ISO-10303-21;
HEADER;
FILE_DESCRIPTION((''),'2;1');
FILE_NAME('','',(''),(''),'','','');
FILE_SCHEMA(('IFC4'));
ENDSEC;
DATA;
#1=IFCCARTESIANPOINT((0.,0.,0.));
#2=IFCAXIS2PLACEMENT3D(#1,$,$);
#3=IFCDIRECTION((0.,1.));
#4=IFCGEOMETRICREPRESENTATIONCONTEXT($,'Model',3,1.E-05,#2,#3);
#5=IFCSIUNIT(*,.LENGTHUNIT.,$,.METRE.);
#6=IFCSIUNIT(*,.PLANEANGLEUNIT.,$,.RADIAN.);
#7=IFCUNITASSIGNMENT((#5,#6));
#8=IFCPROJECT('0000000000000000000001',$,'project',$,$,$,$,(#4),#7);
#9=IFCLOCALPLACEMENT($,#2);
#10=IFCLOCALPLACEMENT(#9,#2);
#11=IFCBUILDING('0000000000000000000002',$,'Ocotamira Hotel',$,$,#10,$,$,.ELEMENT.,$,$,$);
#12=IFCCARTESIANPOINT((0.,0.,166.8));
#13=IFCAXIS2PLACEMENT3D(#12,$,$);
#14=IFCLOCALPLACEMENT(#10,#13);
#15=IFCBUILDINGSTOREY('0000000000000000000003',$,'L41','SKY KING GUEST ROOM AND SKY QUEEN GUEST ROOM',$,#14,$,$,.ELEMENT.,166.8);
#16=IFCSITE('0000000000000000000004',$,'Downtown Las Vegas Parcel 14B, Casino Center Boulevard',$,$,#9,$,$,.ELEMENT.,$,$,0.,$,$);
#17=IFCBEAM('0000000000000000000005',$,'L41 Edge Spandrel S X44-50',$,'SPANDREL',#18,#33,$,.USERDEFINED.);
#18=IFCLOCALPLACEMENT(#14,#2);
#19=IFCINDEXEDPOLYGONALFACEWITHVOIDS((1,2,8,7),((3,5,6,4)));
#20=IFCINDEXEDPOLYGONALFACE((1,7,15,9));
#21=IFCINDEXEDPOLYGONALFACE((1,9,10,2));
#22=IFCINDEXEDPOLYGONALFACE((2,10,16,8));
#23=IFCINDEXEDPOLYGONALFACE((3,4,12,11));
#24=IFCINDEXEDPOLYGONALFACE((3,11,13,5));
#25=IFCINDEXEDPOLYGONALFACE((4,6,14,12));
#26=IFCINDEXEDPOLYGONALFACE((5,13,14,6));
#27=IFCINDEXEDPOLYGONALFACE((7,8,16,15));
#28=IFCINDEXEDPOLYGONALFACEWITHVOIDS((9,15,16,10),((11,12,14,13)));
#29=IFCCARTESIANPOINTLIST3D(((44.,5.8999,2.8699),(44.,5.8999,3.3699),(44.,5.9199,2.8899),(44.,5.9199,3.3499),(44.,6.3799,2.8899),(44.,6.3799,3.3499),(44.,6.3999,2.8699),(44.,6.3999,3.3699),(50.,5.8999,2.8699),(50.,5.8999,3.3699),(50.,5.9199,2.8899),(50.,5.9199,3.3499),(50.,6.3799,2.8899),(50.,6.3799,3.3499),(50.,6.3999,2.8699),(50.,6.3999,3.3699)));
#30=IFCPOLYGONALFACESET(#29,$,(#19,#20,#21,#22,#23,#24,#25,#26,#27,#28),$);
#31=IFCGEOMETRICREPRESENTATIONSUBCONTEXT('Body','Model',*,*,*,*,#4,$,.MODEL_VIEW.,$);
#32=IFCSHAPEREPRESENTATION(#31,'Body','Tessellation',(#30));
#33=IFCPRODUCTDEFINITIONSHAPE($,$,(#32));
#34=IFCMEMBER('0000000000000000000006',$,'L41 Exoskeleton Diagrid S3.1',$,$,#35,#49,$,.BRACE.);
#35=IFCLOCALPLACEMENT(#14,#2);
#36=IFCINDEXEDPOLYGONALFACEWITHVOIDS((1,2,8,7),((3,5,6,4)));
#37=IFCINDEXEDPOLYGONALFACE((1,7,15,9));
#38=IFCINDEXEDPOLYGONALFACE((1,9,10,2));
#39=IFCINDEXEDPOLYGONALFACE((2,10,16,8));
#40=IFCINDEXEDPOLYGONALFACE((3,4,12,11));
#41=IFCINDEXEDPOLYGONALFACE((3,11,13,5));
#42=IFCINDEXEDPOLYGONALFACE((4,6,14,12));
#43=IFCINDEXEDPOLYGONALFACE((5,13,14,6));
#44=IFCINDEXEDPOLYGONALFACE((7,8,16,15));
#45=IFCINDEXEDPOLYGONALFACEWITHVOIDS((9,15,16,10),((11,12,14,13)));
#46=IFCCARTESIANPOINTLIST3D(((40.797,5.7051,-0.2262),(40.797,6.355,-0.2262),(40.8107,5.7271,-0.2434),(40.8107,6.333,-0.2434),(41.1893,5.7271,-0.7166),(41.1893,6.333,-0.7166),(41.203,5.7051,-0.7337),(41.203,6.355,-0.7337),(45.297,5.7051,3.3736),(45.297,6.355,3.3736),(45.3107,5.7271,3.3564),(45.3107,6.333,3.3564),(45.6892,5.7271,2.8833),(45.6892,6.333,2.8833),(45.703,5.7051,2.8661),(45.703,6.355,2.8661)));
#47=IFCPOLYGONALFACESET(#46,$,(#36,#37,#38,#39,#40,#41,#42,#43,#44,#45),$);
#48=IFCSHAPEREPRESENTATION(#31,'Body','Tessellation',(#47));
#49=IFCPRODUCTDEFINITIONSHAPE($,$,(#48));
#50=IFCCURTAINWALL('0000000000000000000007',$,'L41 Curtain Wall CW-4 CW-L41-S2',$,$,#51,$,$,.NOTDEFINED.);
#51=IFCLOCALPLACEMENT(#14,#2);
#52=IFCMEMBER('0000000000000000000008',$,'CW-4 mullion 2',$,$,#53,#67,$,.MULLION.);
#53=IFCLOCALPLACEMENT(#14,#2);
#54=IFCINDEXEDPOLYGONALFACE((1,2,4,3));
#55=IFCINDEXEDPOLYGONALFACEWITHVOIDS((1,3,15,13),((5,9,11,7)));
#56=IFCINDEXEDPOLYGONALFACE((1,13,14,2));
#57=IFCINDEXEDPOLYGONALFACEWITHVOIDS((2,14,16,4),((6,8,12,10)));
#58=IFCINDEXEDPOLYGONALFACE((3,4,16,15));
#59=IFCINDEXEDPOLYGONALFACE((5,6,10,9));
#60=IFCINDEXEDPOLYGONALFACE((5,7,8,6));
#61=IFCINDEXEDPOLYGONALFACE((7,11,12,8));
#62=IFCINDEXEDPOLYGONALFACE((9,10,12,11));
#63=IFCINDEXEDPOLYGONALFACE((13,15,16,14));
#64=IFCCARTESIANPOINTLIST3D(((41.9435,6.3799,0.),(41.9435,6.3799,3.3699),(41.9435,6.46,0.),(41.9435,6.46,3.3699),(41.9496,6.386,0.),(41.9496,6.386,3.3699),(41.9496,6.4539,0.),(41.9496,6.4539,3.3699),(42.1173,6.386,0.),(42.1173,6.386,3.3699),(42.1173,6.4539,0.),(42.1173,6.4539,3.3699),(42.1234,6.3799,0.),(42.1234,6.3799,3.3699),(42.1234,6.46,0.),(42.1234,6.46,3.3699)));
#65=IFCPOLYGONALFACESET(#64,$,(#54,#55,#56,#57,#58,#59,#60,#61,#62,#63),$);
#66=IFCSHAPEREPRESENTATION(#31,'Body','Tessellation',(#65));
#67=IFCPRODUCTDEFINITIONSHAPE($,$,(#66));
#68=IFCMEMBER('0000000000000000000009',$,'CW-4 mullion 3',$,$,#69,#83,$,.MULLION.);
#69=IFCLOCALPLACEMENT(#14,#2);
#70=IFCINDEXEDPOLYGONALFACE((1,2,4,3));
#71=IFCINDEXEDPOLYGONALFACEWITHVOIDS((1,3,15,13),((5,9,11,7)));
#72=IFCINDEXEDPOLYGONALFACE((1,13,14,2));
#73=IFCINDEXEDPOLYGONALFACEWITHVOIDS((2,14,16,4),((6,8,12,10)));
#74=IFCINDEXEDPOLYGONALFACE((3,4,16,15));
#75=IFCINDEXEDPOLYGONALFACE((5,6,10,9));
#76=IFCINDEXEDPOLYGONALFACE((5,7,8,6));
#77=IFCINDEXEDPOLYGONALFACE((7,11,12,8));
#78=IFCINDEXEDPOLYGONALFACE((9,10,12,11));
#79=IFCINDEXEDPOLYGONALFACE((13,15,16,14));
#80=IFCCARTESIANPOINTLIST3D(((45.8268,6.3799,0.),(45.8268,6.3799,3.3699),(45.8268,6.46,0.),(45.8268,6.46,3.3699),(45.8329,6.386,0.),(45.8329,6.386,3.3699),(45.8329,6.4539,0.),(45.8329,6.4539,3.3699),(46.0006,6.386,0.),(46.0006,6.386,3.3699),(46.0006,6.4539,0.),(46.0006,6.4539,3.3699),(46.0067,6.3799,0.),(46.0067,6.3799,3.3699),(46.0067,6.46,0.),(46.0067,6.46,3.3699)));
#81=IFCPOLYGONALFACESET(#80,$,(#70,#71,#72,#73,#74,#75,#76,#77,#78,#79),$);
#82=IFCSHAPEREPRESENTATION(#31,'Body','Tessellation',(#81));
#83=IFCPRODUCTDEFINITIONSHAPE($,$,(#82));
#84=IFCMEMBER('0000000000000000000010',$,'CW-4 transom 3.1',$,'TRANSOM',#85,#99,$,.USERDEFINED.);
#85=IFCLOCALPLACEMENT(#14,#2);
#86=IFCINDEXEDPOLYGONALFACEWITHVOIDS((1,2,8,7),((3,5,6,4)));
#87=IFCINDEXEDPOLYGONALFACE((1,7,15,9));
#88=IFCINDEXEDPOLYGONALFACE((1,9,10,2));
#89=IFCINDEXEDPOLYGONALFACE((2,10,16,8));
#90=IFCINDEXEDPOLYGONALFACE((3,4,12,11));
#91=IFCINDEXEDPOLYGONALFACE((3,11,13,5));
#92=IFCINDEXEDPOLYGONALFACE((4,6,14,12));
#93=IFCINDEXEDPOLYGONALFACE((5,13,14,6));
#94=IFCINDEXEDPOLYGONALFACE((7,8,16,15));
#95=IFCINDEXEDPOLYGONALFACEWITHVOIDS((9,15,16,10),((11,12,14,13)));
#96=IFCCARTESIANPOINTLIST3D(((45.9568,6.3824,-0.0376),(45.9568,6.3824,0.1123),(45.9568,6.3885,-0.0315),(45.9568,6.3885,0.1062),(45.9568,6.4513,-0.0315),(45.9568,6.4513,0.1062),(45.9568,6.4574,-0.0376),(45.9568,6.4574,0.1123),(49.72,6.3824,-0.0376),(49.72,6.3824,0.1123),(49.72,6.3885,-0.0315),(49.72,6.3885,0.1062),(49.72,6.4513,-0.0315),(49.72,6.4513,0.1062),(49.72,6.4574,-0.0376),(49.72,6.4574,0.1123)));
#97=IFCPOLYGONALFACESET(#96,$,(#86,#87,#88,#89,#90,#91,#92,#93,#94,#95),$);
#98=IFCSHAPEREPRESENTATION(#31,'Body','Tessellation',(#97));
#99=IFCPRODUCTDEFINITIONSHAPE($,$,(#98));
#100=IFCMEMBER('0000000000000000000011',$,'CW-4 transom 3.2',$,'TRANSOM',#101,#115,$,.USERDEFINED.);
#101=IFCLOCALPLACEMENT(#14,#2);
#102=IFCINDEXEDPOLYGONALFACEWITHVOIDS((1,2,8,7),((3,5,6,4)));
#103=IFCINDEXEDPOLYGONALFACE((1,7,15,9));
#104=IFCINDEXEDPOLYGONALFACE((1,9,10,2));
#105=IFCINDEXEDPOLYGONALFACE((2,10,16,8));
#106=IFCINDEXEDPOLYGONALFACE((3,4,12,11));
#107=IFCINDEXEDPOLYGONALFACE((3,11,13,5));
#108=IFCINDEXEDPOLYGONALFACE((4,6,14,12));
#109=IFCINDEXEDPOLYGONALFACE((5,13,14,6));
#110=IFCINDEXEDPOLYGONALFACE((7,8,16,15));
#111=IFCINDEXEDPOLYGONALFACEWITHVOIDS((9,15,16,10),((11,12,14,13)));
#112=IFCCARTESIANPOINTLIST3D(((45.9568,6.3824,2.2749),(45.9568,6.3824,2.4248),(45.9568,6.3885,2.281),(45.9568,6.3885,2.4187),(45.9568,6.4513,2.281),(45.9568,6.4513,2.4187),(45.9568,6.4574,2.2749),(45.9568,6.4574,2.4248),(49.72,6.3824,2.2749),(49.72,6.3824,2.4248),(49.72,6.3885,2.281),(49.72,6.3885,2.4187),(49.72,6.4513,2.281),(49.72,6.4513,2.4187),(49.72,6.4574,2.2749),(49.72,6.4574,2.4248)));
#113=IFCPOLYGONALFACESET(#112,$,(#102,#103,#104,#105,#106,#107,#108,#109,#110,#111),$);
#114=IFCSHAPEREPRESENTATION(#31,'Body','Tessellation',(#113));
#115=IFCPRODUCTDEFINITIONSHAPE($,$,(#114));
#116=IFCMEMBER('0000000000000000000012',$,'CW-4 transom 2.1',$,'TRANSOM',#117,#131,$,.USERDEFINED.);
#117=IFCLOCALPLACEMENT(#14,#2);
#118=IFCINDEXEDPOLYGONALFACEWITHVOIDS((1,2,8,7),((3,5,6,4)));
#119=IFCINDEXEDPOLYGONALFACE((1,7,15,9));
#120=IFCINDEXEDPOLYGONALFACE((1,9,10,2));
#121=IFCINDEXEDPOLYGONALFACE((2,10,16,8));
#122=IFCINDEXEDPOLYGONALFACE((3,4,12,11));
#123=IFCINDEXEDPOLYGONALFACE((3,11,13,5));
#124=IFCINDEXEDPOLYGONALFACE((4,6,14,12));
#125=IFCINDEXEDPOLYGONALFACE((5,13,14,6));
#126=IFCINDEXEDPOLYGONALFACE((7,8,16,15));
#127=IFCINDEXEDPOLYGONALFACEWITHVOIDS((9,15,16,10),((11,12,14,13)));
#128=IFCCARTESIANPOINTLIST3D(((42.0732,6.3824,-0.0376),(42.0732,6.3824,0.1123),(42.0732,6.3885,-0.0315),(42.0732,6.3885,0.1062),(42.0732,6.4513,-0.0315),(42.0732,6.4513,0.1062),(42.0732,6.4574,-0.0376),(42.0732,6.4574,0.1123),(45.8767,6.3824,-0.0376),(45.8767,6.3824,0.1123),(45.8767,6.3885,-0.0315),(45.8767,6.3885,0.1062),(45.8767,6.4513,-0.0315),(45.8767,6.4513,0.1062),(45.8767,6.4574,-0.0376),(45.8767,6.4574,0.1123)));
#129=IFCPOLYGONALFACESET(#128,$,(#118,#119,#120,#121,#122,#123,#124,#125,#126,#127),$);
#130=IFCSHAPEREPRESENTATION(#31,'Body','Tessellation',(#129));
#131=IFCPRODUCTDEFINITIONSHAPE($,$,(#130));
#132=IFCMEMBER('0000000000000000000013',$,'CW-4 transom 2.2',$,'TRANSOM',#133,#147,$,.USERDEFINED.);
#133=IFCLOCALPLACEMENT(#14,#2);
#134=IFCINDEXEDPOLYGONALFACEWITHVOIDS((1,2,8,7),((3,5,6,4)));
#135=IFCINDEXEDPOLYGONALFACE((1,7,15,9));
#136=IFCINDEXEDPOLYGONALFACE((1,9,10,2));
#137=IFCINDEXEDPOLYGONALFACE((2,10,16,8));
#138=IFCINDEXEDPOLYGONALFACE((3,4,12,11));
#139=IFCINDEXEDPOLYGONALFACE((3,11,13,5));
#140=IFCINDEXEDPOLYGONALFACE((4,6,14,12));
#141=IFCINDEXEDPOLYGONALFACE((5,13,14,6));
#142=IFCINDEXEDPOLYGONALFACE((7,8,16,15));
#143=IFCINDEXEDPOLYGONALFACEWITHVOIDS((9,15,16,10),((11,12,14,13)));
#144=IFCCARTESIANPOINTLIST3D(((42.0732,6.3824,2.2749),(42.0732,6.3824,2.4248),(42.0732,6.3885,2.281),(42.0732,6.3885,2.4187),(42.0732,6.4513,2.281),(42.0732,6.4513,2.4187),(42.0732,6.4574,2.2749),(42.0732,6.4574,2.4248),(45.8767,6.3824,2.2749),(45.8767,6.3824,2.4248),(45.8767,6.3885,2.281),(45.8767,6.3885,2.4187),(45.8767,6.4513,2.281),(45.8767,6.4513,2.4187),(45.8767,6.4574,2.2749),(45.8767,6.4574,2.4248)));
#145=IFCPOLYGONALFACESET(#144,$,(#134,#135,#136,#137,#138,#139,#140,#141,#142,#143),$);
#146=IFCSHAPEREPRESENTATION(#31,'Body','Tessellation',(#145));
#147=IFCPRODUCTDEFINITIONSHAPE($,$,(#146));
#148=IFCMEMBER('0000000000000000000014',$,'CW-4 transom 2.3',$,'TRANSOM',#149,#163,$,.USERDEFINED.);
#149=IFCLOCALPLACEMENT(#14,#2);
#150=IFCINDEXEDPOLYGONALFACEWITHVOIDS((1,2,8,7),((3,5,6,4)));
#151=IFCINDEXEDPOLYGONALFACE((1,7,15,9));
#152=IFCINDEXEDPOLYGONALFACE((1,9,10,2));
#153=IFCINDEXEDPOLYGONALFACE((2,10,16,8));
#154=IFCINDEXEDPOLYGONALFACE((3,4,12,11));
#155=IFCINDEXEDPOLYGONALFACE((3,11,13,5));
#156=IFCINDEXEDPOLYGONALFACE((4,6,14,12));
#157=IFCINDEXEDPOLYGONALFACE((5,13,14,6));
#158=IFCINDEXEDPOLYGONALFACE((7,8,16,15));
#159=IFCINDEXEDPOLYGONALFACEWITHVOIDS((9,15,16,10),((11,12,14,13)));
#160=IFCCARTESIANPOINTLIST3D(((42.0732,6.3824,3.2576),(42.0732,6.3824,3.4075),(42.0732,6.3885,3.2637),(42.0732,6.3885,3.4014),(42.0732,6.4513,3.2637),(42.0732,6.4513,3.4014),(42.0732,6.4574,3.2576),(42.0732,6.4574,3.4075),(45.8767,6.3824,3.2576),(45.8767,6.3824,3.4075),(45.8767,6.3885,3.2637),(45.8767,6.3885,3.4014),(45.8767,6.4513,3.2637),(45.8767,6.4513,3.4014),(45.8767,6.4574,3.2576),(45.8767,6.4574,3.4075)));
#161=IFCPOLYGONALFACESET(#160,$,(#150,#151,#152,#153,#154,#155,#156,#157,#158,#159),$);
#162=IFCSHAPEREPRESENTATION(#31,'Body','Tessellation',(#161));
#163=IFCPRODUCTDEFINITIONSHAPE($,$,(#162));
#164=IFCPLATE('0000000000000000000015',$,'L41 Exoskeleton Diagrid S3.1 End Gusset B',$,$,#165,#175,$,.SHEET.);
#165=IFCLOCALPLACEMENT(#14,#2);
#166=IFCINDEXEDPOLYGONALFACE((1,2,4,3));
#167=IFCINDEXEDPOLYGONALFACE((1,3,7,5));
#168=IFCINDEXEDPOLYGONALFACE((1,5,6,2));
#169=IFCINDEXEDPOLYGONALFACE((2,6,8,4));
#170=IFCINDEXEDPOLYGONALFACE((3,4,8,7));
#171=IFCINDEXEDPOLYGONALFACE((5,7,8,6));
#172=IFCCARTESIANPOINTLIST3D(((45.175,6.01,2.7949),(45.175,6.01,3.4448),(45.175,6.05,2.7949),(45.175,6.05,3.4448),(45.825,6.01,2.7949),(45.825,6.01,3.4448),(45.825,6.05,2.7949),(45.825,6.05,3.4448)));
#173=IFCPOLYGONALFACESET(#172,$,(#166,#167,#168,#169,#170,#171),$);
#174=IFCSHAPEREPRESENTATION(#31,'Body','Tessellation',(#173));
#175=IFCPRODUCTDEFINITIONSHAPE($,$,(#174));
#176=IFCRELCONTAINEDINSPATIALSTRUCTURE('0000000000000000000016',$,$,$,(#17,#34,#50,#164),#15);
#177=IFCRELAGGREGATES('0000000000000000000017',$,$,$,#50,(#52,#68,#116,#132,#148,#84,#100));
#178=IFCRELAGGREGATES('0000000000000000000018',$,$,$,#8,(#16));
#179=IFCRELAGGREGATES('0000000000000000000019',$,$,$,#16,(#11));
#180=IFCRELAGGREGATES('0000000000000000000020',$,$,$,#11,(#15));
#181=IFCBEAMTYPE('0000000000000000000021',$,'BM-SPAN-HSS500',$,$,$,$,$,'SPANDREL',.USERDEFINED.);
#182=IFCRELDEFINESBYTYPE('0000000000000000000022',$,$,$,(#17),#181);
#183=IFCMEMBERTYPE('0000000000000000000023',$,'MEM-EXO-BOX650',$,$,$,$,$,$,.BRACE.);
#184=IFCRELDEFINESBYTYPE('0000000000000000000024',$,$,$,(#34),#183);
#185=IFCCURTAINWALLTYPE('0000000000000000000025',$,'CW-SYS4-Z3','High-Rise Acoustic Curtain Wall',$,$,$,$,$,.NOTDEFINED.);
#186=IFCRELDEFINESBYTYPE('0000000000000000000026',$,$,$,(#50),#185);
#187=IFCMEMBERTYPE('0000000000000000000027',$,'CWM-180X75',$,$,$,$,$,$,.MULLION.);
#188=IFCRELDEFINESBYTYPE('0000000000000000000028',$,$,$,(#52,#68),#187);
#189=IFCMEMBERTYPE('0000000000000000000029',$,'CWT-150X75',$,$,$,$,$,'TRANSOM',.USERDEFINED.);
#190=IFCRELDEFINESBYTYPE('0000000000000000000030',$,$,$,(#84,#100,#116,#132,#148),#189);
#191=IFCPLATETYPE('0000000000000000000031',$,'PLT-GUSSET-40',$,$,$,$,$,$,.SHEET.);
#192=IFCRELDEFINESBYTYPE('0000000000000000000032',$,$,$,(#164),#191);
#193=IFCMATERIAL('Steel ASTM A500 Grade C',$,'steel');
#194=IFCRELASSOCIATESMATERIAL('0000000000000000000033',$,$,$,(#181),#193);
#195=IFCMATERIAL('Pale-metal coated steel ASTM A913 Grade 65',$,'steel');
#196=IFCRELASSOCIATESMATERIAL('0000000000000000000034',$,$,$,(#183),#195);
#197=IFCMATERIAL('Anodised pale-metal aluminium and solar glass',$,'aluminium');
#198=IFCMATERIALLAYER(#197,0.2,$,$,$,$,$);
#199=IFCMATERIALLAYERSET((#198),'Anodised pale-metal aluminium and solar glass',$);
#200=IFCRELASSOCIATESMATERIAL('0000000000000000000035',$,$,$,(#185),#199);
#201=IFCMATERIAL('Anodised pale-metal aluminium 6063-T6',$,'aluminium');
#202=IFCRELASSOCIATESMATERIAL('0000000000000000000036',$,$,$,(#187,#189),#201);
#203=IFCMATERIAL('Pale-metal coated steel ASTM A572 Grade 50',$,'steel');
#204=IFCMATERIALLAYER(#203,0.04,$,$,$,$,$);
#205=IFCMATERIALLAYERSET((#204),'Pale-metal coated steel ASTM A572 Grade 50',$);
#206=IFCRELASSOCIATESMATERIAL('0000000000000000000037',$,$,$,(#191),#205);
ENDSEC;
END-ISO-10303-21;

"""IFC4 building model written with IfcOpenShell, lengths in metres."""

from ifc_helpers import new_model, si_unit, direction, frame, origin, origin_2d, place, context, subcontext, project, spatial, rectangle, hollow_rectangle, extrude, source, transform, mapped, material, layer, layer_set, material_profile, profile_set, type_object, element, aggregate, save


model = new_model("IFC4")

# Units and contexts
model_context = context("Model", 3, precision=1e-05, world=origin(), true_north=direction((0.0, 1.0)))
body_context = subcontext(model_context, "Body", "Model", "MODEL_VIEW")
ifc_project = project(units=[si_unit("LENGTHUNIT", "METRE"), si_unit("PLANEANGLEUNIT", "RADIAN")], contexts=[model_context])

# Site, building, storey
site_placement = place(None, origin())
site = spatial("IfcSite", under=ifc_project, at=site_placement, Name="Downtown Las Vegas Parcel 14B, Casino Center Boulevard", CompositionType="ELEMENT", RefElevation=0.0)
building_placement = place(site_placement, origin())
building = spatial("IfcBuilding", under=site, at=building_placement, Name="Ocotamira Hotel", CompositionType="ELEMENT")
storey_placement = place(building_placement, frame((0.0, 0.0, 166.8)))
storey = spatial("IfcBuildingStorey", under=building, at=storey_placement, Name="L41", Description="SKY KING GUEST ROOM AND SKY QUEEN GUEST ROOM", CompositionType="ELEMENT", Elevation=166.8)

# Beam
ifc_material_1 = material(Name="Steel ASTM A500 Grade C", Category="steel")
ifc_material_profile_1 = material_profile(ifc_material_1, hollow_rectangle(XDim=0.5, YDim=0.5, WallThickness=0.02, at=origin_2d()), Name="HSS500X500X20")
ifc_profile_set_1 = profile_set([ifc_material_profile_1], Name="Steel ASTM A500 Grade C")
beam_type = type_object("IfcBeamType", Name="BM-SPAN-HSS500", ElementType="SPANDREL", PredefinedType="USERDEFINED", material=ifc_profile_set_1)
shared_shape_1 = source(origin(), body_context, "Body", "SweptSolid", [
    extrude(hollow_rectangle(XDim=0.5, YDim=0.5, WallThickness=0.02, at=origin_2d()), origin(), (0.0, 0.0, 1.0), 6.0),
])
beam_placement = place(storey_placement, frame((44.0, 6.1499, 3.1199), z_axis=(1.0, 0.0, 0.0), x_axis=(0.0, 1.0, 0.0)))
element("IfcBeam", 1, at=beam_placement, inside=storey, type_object=beam_type, Name="L41 Edge Spandrel S X44-50", ObjectType="SPANDREL", PredefinedType="USERDEFINED", context=body_context, shape_type="MappedRepresentation", body=[
    mapped(shared_shape_1, transform((0.0, 0.0, 0.0), scale=1.0)),
])

# Member
ifc_material_2 = material(Name="Pale-metal coated steel ASTM A913 Grade 65", Category="steel")
ifc_material_profile_2 = material_profile(ifc_material_2, hollow_rectangle(XDim=0.6499, YDim=0.6499, WallThickness=0.022, at=origin_2d()), Name="BOX650X650X22")
ifc_profile_set_2 = profile_set([ifc_material_profile_2], Name="Pale-metal coated steel ASTM A913 Grade 65")
member_type_1 = type_object("IfcMemberType", Name="MEM-EXO-BOX650", PredefinedType="BRACE", material=ifc_profile_set_2)
shared_shape_2 = source(origin(), body_context, "Body", "SweptSolid", [
    extrude(hollow_rectangle(XDim=0.6499, YDim=0.6499, WallThickness=0.022, at=origin_2d()), origin(), (0.0, 0.0, 1.0), 5.7627),
])
member_1_placement = place(storey_placement, frame((41.0, 6.03, -0.48), z_axis=(0.780881, 0.0, 0.62468), x_axis=(0.0, 1.0, 0.0)))
element("IfcMember", 2, at=member_1_placement, inside=storey, type_object=member_type_1, Name="L41 Exoskeleton Diagrid S3.1", PredefinedType="BRACE", context=body_context, shape_type="MappedRepresentation", body=[
    mapped(shared_shape_2, transform((0.0, 0.0, 0.0), scale=1.0)),
])

# Curtain wall, members
ifc_material_3 = material(Name="Anodised pale-metal aluminium and solar glass", Category="aluminium")
ifc_layer_1 = layer(ifc_material_3, 0.2)
ifc_layer_set_1 = layer_set([ifc_layer_1], Name="Anodised pale-metal aluminium and solar glass")
curtain_wall_type = type_object("IfcCurtainWallType", Name="CW-SYS4-Z3", Description="High-Rise Acoustic Curtain Wall", PredefinedType="NOTDEFINED", material=ifc_layer_set_1)
curtain_wall_placement = place(storey_placement, origin())
curtain_wall = element("IfcCurtainWall", 3, at=curtain_wall_placement, inside=storey, type_object=curtain_wall_type, Name="L41 Curtain Wall CW-4 CW-L41-S2", PredefinedType="NOTDEFINED")
ifc_material_4 = material(Name="Anodised pale-metal aluminium 6063-T6", Category="aluminium")
ifc_material_profile_3 = material_profile(ifc_material_4, hollow_rectangle(XDim=0.0801, YDim=0.1799, WallThickness=0.0061, at=origin_2d()), Name="HSS180X80X6")
ifc_profile_set_3 = profile_set([ifc_material_profile_3], Name="Anodised pale-metal aluminium 6063-T6")
member_type_2 = type_object("IfcMemberType", Name="CWM-180X75", PredefinedType="MULLION", material=ifc_profile_set_3)
shared_shape_3 = source(origin(), body_context, "Body", "SweptSolid", [
    extrude(hollow_rectangle(XDim=0.0801, YDim=0.1799, WallThickness=0.0061, at=origin_2d()), origin(), (0.0, 0.0, 1.0), 3.3699),
])
member_2_placement = place(storey_placement, frame((42.0334, 6.4199, 0.0), z_axis=(0.0, 0.0, 1.0), x_axis=(0.0, 1.0, 0.0)))
member_2 = element("IfcMember", 4, at=member_2_placement, type_object=member_type_2, Name="CW-4 mullion 2", PredefinedType="MULLION", context=body_context, shape_type="MappedRepresentation", body=[
    mapped(shared_shape_3, transform((0.0, 0.0, 0.0), scale=1.0)),
])
member_3_placement = place(storey_placement, frame((45.9167, 6.4199, 0.0), z_axis=(0.0, 0.0, 1.0), x_axis=(0.0, 1.0, 0.0)))
member_3 = element("IfcMember", 5, at=member_3_placement, type_object=member_type_2, Name="CW-4 mullion 3", PredefinedType="MULLION", context=body_context, shape_type="MappedRepresentation", body=[
    mapped(shared_shape_3, transform((0.0, 0.0, 0.0), scale=1.0)),
])
ifc_material_profile_4 = material_profile(ifc_material_4, hollow_rectangle(XDim=0.075, YDim=0.1499, WallThickness=0.0061, at=origin_2d()), Name="HSS150X75X6")
ifc_profile_set_4 = profile_set([ifc_material_profile_4], Name="Anodised pale-metal aluminium 6063-T6")
member_type_3 = type_object("IfcMemberType", Name="CWT-150X75", ElementType="TRANSOM", PredefinedType="USERDEFINED", material=ifc_profile_set_4)
shared_shape_4 = source(origin(), body_context, "Body", "SweptSolid", [
    extrude(hollow_rectangle(XDim=0.075, YDim=0.1499, WallThickness=0.0061, at=origin_2d()), origin(), (0.0, 0.0, 1.0), 3.7632),
])
member_4_placement = place(storey_placement, frame((45.9568, 6.4199, 0.0374), z_axis=(1.0, 0.0, 0.0), x_axis=(0.0, 1.0, 0.0)))
member_4 = element("IfcMember", 6, at=member_4_placement, type_object=member_type_3, Name="CW-4 transom 3.1", ObjectType="TRANSOM", PredefinedType="USERDEFINED", context=body_context, shape_type="MappedRepresentation", body=[
    mapped(shared_shape_4, transform((0.0, 0.0, 0.0), scale=1.0)),
])
member_5_placement = place(storey_placement, frame((45.9568, 6.4199, 2.3499), z_axis=(1.0, 0.0, 0.0), x_axis=(0.0, 1.0, 0.0)))
member_5 = element("IfcMember", 7, at=member_5_placement, type_object=member_type_3, Name="CW-4 transom 3.2", ObjectType="TRANSOM", PredefinedType="USERDEFINED", context=body_context, shape_type="MappedRepresentation", body=[
    mapped(shared_shape_4, transform((0.0, 0.0, 0.0), scale=1.0)),
])
shared_shape_5 = source(origin(), body_context, "Body", "SweptSolid", [
    extrude(hollow_rectangle(XDim=0.075, YDim=0.1499, WallThickness=0.0061, at=origin_2d()), origin(), (0.0, 0.0, 1.0), 3.8035),
])
member_6_placement = place(storey_placement, frame((42.0732, 6.4199, 0.0374), z_axis=(1.0, 0.0, 0.0), x_axis=(0.0, 1.0, 0.0)))
member_6 = element("IfcMember", 8, at=member_6_placement, type_object=member_type_3, Name="CW-4 transom 2.1", ObjectType="TRANSOM", PredefinedType="USERDEFINED", context=body_context, shape_type="MappedRepresentation", body=[
    mapped(shared_shape_5, transform((0.0, 0.0, 0.0), scale=1.0)),
])
member_7_placement = place(storey_placement, frame((42.0732, 6.4199, 2.3499), z_axis=(1.0, 0.0, 0.0), x_axis=(0.0, 1.0, 0.0)))
member_7 = element("IfcMember", 9, at=member_7_placement, type_object=member_type_3, Name="CW-4 transom 2.2", ObjectType="TRANSOM", PredefinedType="USERDEFINED", context=body_context, shape_type="MappedRepresentation", body=[
    mapped(shared_shape_5, transform((0.0, 0.0, 0.0), scale=1.0)),
])
member_8_placement = place(storey_placement, frame((42.0732, 6.4199, 3.3325), z_axis=(1.0, 0.0, 0.0), x_axis=(0.0, 1.0, 0.0)))
member_8 = element("IfcMember", 10, at=member_8_placement, type_object=member_type_3, Name="CW-4 transom 2.3", ObjectType="TRANSOM", PredefinedType="USERDEFINED", context=body_context, shape_type="MappedRepresentation", body=[
    mapped(shared_shape_5, transform((0.0, 0.0, 0.0), scale=1.0)),
])

# Plate
ifc_material_5 = material(Name="Pale-metal coated steel ASTM A572 Grade 50", Category="steel")
ifc_layer_2 = layer(ifc_material_5, 0.04)
ifc_layer_set_2 = layer_set([ifc_layer_2], Name="Pale-metal coated steel ASTM A572 Grade 50")
plate_type_1 = type_object("IfcPlateType", Name="PLT-GUSSET-40", PredefinedType="SHEET", material=ifc_layer_set_2)
shared_shape_6 = source(origin(), body_context, "Body", "SweptSolid", [
    extrude(rectangle(XDim=0.6499, YDim=0.04, at=origin_2d()), origin(), (0.0, 0.0, 1.0), 0.6499),
])
plate_1_placement = place(storey_placement, frame((45.5, 6.03, 2.7949), z_axis=(0.0, 0.0, 1.0), x_axis=(1.0, 0.0, 0.0)))
element("IfcPlate", 11, at=plate_1_placement, inside=storey, type_object=plate_type_1, Name="L41 Exoskeleton Diagrid S3.1 End Gusset B", PredefinedType="SHEET", context=body_context, shape_type="MappedRepresentation", body=[
    mapped(shared_shape_6, transform((0.0, 0.0, 0.0), scale=1.0)),
])
aggregate(curtain_wall, [member_2, member_3, member_6, member_7, member_8, member_4, member_5])

save(model, "model.ifc")
